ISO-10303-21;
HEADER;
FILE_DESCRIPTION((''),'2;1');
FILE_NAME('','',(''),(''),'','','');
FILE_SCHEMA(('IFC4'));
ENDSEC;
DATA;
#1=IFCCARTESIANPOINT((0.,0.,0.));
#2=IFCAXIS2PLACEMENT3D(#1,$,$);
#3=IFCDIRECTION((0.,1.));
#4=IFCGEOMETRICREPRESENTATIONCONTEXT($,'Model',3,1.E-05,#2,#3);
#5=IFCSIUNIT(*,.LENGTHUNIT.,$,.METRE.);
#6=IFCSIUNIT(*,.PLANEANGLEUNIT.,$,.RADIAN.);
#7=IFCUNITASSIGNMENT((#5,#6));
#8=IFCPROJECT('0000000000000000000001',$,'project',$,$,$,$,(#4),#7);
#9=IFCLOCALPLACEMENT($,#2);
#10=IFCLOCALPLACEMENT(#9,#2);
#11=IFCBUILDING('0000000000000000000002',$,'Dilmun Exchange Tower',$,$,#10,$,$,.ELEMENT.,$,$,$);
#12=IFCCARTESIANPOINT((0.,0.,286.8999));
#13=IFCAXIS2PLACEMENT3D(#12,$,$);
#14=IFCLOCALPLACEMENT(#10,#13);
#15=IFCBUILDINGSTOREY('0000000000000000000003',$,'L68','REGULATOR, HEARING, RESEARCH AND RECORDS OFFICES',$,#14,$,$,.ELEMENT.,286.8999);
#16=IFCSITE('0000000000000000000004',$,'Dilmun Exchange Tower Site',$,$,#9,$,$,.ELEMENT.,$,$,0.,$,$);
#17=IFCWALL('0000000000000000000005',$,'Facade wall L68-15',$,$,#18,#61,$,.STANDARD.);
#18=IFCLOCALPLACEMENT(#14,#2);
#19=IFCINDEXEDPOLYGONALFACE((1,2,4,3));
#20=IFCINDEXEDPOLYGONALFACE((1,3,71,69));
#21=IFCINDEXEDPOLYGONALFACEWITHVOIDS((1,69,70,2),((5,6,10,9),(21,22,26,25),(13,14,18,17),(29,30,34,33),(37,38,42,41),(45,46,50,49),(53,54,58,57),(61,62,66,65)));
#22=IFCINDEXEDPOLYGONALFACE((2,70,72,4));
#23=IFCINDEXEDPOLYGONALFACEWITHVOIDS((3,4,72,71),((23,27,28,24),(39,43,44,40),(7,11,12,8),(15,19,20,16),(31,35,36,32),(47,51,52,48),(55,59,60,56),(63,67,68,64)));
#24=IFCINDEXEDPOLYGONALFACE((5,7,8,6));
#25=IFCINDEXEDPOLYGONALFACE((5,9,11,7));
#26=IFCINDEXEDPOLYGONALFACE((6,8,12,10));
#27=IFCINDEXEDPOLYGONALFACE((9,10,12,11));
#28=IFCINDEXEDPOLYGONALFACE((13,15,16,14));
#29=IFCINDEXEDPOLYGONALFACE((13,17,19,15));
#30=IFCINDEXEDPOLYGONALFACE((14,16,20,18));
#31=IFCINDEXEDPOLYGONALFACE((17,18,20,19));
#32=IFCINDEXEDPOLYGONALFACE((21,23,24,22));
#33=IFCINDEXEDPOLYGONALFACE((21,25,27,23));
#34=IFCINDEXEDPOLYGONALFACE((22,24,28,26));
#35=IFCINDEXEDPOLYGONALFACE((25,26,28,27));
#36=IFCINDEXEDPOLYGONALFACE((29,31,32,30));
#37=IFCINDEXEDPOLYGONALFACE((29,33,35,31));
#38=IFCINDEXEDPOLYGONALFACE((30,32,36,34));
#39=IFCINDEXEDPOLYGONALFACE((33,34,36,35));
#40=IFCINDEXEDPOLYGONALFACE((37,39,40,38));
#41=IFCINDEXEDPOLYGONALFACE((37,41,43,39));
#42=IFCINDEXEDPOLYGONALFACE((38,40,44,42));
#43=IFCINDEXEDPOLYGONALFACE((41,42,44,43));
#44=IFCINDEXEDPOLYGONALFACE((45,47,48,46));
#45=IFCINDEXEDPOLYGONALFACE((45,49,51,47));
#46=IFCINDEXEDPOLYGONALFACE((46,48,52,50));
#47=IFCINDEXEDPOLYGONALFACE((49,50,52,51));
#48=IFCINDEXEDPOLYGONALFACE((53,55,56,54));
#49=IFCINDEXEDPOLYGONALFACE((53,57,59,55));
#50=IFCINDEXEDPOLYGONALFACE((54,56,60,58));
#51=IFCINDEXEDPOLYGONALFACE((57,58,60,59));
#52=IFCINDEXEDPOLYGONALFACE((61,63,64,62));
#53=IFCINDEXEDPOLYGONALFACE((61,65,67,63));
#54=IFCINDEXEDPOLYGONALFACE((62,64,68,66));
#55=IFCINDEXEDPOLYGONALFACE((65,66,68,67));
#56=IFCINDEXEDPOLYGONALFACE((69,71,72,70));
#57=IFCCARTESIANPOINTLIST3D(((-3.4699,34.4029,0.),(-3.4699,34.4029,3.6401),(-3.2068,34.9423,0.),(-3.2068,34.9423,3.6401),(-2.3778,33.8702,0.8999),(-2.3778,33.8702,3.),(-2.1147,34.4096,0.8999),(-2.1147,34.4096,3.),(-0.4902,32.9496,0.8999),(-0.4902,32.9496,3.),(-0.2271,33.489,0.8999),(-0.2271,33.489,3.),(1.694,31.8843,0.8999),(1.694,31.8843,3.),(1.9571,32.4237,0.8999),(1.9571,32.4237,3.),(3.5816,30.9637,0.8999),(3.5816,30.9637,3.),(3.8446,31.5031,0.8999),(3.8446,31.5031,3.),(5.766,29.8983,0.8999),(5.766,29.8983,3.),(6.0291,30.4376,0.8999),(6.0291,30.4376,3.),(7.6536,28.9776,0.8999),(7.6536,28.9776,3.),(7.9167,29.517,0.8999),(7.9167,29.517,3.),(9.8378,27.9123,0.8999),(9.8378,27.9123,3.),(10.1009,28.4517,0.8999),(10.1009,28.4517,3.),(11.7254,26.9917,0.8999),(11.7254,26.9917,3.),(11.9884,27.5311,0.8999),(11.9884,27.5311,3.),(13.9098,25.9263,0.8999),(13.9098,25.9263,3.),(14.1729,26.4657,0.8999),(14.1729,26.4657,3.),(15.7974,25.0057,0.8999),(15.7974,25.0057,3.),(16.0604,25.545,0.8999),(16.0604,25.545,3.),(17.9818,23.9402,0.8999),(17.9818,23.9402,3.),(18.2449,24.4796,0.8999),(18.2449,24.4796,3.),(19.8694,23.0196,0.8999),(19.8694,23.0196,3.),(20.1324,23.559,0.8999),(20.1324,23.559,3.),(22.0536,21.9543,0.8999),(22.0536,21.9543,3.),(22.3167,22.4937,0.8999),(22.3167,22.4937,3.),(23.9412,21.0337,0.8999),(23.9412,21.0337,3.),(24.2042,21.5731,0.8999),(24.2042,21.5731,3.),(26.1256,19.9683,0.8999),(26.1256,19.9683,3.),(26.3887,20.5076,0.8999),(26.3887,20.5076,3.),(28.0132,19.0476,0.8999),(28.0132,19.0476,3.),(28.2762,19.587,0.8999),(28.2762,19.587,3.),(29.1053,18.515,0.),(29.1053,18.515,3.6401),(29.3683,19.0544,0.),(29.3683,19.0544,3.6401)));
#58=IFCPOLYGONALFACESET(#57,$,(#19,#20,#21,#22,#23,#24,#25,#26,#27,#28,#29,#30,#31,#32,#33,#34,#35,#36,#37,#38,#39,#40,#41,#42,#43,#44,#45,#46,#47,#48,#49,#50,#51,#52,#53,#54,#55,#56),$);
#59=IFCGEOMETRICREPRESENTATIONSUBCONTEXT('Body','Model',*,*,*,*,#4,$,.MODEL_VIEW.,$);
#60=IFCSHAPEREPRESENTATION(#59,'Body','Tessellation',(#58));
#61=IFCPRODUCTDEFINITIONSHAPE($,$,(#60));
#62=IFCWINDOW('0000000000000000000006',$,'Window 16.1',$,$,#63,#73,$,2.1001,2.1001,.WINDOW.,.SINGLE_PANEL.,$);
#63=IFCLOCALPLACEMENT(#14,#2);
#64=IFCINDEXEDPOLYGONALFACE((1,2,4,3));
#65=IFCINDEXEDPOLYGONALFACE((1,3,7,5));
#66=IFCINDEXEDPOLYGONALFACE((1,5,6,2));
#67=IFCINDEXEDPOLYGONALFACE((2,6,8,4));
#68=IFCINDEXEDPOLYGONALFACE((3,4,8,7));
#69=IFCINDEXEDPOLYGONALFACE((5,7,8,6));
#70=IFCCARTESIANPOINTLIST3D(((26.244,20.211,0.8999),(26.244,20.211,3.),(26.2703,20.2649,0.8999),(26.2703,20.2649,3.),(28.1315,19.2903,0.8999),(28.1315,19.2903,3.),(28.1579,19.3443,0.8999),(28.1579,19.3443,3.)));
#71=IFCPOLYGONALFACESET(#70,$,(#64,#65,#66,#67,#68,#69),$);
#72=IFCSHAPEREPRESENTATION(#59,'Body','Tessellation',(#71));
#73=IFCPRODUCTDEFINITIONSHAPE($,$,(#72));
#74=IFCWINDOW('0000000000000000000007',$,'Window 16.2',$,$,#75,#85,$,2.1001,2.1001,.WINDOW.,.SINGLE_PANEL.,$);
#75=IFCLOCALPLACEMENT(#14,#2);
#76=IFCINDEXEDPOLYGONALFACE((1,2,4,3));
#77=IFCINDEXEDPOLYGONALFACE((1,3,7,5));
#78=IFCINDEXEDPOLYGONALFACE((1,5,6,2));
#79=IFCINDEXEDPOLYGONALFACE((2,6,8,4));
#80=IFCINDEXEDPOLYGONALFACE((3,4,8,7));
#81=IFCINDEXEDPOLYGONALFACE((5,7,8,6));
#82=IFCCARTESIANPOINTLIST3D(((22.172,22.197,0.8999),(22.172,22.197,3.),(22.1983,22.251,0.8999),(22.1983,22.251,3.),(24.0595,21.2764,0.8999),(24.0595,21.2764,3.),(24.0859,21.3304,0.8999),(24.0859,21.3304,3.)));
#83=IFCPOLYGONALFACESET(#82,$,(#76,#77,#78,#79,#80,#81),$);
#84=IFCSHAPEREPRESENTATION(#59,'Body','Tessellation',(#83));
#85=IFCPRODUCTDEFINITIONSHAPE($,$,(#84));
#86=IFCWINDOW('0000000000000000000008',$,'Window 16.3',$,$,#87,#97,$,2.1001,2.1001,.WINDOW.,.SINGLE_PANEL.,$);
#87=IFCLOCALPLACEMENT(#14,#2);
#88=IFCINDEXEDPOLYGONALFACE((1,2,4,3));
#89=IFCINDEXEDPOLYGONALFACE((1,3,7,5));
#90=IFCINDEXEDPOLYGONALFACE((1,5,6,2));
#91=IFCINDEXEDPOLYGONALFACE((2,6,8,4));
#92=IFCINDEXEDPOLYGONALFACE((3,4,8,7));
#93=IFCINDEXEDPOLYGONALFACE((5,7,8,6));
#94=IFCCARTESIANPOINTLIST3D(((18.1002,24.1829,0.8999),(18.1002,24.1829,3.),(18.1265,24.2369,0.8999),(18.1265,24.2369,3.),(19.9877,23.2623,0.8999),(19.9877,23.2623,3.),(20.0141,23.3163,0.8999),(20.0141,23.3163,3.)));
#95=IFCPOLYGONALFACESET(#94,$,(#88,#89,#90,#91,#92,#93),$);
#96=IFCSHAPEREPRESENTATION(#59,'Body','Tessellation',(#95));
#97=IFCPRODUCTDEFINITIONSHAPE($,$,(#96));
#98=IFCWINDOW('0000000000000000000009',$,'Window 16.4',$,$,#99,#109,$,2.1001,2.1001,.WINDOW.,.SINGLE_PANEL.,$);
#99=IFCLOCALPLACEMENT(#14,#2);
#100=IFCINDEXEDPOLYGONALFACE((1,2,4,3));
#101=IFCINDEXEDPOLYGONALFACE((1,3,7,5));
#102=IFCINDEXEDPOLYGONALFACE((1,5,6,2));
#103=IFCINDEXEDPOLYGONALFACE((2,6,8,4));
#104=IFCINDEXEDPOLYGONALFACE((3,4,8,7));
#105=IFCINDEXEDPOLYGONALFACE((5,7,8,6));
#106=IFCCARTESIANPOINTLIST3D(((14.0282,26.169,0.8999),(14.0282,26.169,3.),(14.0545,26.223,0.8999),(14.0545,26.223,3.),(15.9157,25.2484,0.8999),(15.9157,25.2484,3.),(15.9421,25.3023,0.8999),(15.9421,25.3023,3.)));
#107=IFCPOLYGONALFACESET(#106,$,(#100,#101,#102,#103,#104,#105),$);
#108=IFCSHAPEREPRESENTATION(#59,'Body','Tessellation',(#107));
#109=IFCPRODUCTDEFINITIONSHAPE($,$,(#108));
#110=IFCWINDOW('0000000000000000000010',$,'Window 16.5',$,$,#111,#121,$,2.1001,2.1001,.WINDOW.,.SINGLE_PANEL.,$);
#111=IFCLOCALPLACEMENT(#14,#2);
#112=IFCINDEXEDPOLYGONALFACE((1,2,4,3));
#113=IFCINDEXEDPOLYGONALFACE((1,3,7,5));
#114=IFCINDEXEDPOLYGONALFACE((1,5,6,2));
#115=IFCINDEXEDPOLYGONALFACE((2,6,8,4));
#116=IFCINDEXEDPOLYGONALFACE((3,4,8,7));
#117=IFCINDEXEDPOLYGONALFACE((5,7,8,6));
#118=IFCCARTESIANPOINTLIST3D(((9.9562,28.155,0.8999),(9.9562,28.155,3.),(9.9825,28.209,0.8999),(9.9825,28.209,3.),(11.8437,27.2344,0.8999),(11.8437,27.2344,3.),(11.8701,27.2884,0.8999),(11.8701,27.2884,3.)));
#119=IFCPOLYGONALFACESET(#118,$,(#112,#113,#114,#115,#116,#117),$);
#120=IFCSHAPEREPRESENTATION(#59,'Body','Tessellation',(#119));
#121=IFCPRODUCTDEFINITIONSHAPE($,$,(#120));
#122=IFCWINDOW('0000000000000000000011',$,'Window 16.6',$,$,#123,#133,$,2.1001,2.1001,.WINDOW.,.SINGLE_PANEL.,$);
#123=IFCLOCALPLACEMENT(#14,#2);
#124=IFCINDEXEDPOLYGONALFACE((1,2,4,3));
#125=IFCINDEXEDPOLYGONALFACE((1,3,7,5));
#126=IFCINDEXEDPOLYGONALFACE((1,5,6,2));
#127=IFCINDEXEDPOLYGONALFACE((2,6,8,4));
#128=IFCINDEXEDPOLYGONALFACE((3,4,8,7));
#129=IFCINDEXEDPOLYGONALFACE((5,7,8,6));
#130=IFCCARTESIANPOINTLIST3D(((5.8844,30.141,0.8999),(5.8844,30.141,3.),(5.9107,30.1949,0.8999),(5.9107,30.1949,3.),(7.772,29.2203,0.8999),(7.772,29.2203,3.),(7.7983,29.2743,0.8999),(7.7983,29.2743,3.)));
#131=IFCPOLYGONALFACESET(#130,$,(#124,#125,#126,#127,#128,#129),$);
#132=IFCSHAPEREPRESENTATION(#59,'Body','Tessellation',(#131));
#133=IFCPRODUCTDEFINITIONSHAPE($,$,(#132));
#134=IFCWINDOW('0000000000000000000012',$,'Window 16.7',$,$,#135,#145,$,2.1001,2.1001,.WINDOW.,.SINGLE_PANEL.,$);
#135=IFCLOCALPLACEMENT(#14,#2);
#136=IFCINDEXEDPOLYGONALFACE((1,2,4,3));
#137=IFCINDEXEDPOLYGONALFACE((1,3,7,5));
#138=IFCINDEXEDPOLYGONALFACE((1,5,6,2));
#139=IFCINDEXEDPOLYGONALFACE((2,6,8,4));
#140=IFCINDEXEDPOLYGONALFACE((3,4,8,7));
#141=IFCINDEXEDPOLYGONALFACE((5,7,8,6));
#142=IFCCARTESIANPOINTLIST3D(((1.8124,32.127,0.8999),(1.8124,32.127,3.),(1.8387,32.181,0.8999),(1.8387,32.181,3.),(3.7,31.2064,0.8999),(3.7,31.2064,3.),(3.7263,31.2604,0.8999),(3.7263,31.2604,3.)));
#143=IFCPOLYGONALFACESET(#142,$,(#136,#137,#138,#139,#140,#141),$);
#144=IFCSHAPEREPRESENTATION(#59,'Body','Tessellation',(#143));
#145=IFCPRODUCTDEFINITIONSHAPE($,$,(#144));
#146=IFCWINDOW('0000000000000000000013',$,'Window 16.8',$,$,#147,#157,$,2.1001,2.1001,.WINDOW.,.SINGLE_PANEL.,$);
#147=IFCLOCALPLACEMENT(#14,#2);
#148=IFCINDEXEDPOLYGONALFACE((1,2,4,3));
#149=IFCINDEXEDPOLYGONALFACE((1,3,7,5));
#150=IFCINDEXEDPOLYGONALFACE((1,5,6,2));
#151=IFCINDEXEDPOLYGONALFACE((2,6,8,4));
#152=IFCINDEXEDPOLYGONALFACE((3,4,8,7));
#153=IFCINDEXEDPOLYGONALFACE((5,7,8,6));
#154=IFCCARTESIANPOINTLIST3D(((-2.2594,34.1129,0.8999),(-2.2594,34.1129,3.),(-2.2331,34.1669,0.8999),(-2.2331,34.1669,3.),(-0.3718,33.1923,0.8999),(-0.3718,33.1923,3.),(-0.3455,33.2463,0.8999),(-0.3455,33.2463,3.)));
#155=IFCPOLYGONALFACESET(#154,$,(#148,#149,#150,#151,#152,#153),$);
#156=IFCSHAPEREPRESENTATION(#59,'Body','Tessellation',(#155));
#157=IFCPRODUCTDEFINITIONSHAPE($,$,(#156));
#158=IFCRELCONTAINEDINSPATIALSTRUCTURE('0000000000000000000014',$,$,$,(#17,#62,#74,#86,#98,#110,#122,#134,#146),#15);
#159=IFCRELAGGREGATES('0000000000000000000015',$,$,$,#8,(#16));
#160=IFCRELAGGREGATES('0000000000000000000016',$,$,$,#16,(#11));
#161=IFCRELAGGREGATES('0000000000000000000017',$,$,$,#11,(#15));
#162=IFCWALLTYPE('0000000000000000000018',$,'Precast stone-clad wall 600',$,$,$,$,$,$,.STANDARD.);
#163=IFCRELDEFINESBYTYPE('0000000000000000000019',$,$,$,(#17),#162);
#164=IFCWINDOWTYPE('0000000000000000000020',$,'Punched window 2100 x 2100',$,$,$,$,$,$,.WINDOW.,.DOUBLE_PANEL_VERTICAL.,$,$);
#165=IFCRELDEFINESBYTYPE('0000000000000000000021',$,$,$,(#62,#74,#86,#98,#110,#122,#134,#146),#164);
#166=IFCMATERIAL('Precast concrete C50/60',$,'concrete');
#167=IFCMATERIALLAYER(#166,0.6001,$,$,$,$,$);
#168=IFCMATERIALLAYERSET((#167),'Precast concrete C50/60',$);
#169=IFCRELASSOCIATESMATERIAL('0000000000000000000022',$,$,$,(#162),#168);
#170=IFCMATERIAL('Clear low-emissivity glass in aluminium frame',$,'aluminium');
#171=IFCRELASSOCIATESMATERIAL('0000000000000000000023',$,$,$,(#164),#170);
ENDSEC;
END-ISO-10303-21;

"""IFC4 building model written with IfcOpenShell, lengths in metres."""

from ifc_helpers import new_model, si_unit, direction, frame, frame_2d, origin, place, context, subcontext, project, spatial, rectangle, extrude, material, layer, layer_set, type_object, element, fill, save


model = new_model("IFC4")

# Units and contexts
model_context = context("Model", 3, precision=1e-05, world=origin(), true_north=direction((0.0, 1.0)))
body_context = subcontext(model_context, "Body", "Model", "MODEL_VIEW")
ifc_project = project(units=[si_unit("LENGTHUNIT", "METRE"), si_unit("PLANEANGLEUNIT", "RADIAN")], contexts=[model_context])

# Site, building, storey
site_placement = place(None, origin())
site = spatial("IfcSite", under=ifc_project, at=site_placement, Name="Dilmun Exchange Tower Site", CompositionType="ELEMENT", RefElevation=0.0)
building_placement = place(site_placement, origin())
building = spatial("IfcBuilding", under=site, at=building_placement, Name="Dilmun Exchange Tower", CompositionType="ELEMENT")
storey_placement = place(building_placement, frame((0.0, 0.0, 286.8999)))
storey = spatial("IfcBuildingStorey", under=building, at=storey_placement, Name="L68", Description="REGULATOR, HEARING, RESEARCH AND RECORDS OFFICES", CompositionType="ELEMENT", Elevation=286.8999)

# Shared definitions
ifc_material_1 = material(Name="Precast concrete C50/60", Category="concrete")
ifc_layer_1 = layer(ifc_material_1, 0.6001)
ifc_layer_set_1 = layer_set([ifc_layer_1], Name="Precast concrete C50/60")
wall_type_1 = type_object("IfcWallType", Name="Precast stone-clad wall 600", PredefinedType="STANDARD", material=ifc_layer_set_1)
ifc_material_2 = material(Name="Clear low-emissivity glass in aluminium frame", Category="aluminium")

# Wall, openings, windows
wall_1_placement = place(storey_placement, frame((29.2368, 18.7847, 0.0), z_axis=(0.0, 0.0, 1.0), x_axis=(-0.898795, 0.43837, 0.0)))
wall_1 = element("IfcWall", 1, at=wall_1_placement, inside=storey, type_object=wall_type_1, Name="Facade wall L68-15", PredefinedType="STANDARD", context=body_context, shape_type="SweptSolid", body=[
    extrude(rectangle(XDim=36.2432, YDim=0.6001, at=frame_2d((18.1216, 0.0))), origin(), (0.0, 0.0, 1.0), 3.6401),
])
opening_1_placement = place(wall_1_placement, frame((1.2151, 0.0, 0.8999)))
opening_1 = element("IfcOpeningElement", 2, at=opening_1_placement, cuts=wall_1, PredefinedType="OPENING", context=body_context, shape_type="SweptSolid", body=[
    extrude(rectangle(XDim=2.1001, YDim=2.1001, at=frame_2d((1.05, 1.05))), frame((0.0, 0.3101, 0.0), z_axis=(0.0, -1.0, 0.0), x_axis=(1.0, 0.0, 0.0)), (0.0, 0.0, 1.0), 0.6201),
])
opening_2_placement = place(wall_1_placement, frame((5.7456, 0.0, 0.8999)))
opening_2 = element("IfcOpeningElement", 3, at=opening_2_placement, cuts=wall_1, PredefinedType="OPENING", context=body_context, shape_type="SweptSolid", body=[
    extrude(rectangle(XDim=2.1001, YDim=2.1001, at=frame_2d((1.05, 1.05))), frame((0.0, 0.3101, 0.0), z_axis=(0.0, -1.0, 0.0), x_axis=(1.0, 0.0, 0.0)), (0.0, 0.0, 1.0), 0.6201),
])
opening_3_placement = place(wall_1_placement, frame((10.2759, 0.0, 0.8999)))
opening_3 = element("IfcOpeningElement", 4, at=opening_3_placement, cuts=wall_1, PredefinedType="OPENING", context=body_context, shape_type="SweptSolid", body=[
    extrude(rectangle(XDim=2.1001, YDim=2.1001, at=frame_2d((1.05, 1.05))), frame((0.0, 0.3101, 0.0), z_axis=(0.0, -1.0, 0.0), x_axis=(1.0, 0.0, 0.0)), (0.0, 0.0, 1.0), 0.6201),
])
opening_4_placement = place(wall_1_placement, frame((14.8064, 0.0, 0.8999)))
opening_4 = element("IfcOpeningElement", 5, at=opening_4_placement, cuts=wall_1, PredefinedType="OPENING", context=body_context, shape_type="SweptSolid", body=[
    extrude(rectangle(XDim=2.1001, YDim=2.1001, at=frame_2d((1.05, 1.05))), frame((0.0, 0.3101, 0.0), z_axis=(0.0, -1.0, 0.0), x_axis=(1.0, 0.0, 0.0)), (0.0, 0.0, 1.0), 0.6201),
])
opening_5_placement = place(wall_1_placement, frame((19.3369, 0.0, 0.8999)))
opening_5 = element("IfcOpeningElement", 6, at=opening_5_placement, cuts=wall_1, PredefinedType="OPENING", context=body_context, shape_type="SweptSolid", body=[
    extrude(rectangle(XDim=2.1001, YDim=2.1001, at=frame_2d((1.05, 1.05))), frame((0.0, 0.3101, 0.0), z_axis=(0.0, -1.0, 0.0), x_axis=(1.0, 0.0, 0.0)), (0.0, 0.0, 1.0), 0.6201),
])
opening_6_placement = place(wall_1_placement, frame((23.8672, 0.0, 0.8999)))
opening_6 = element("IfcOpeningElement", 7, at=opening_6_placement, cuts=wall_1, PredefinedType="OPENING", context=body_context, shape_type="SweptSolid", body=[
    extrude(rectangle(XDim=2.1001, YDim=2.1001, at=frame_2d((1.05, 1.05))), frame((0.0, 0.3101, 0.0), z_axis=(0.0, -1.0, 0.0), x_axis=(1.0, 0.0, 0.0)), (0.0, 0.0, 1.0), 0.6201),
])
opening_7_placement = place(wall_1_placement, frame((28.3977, 0.0, 0.8999)))
opening_7 = element("IfcOpeningElement", 8, at=opening_7_placement, cuts=wall_1, PredefinedType="OPENING", context=body_context, shape_type="SweptSolid", body=[
    extrude(rectangle(XDim=2.1001, YDim=2.1001, at=frame_2d((1.05, 1.05))), frame((0.0, 0.3101, 0.0), z_axis=(0.0, -1.0, 0.0), x_axis=(1.0, 0.0, 0.0)), (0.0, 0.0, 1.0), 0.6201),
])
opening_8_placement = place(wall_1_placement, frame((32.928, 0.0, 0.8999)))
opening_8 = element("IfcOpeningElement", 9, at=opening_8_placement, cuts=wall_1, PredefinedType="OPENING", context=body_context, shape_type="SweptSolid", body=[
    extrude(rectangle(XDim=2.1001, YDim=2.1001, at=frame_2d((1.05, 1.05))), frame((0.0, 0.3101, 0.0), z_axis=(0.0, -1.0, 0.0), x_axis=(1.0, 0.0, 0.0)), (0.0, 0.0, 1.0), 0.6201),
])
window_type_1 = type_object("IfcWindowType", Name="Punched window 2100 x 2100", PartitioningType="DOUBLE_PANEL_VERTICAL", PredefinedType="WINDOW", material=ifc_material_2)
window_1_placement = place(opening_1_placement, origin())
window_1 = element("IfcWindow", 10, at=window_1_placement, inside=storey, type_object=window_type_1, Name="Window 16.1", OverallHeight=2.1001, OverallWidth=2.1001, PartitioningType="SINGLE_PANEL", PredefinedType="WINDOW", context=body_context, shape_type="SweptSolid", body=[
    extrude(rectangle(XDim=2.1001, YDim=2.1001, at=frame_2d((1.05, 1.05))), frame((0.0, 0.03, 0.0), z_axis=(0.0, -1.0, 0.0), x_axis=(1.0, 0.0, 0.0)), (0.0, 0.0, 1.0), 0.0601),
])
fill(opening_1, window_1)
window_2_placement = place(opening_2_placement, origin())
window_2 = element("IfcWindow", 11, at=window_2_placement, inside=storey, type_object=window_type_1, Name="Window 16.2", OverallHeight=2.1001, OverallWidth=2.1001, PartitioningType="SINGLE_PANEL", PredefinedType="WINDOW", context=body_context, shape_type="SweptSolid", body=[
    extrude(rectangle(XDim=2.1001, YDim=2.1001, at=frame_2d((1.05, 1.05))), frame((0.0, 0.03, 0.0), z_axis=(0.0, -1.0, 0.0), x_axis=(1.0, 0.0, 0.0)), (0.0, 0.0, 1.0), 0.0601),
])
fill(opening_2, window_2)
window_3_placement = place(opening_3_placement, origin())
window_3 = element("IfcWindow", 12, at=window_3_placement, inside=storey, type_object=window_type_1, Name="Window 16.3", OverallHeight=2.1001, OverallWidth=2.1001, PartitioningType="SINGLE_PANEL", PredefinedType="WINDOW", context=body_context, shape_type="SweptSolid", body=[
    extrude(rectangle(XDim=2.1001, YDim=2.1001, at=frame_2d((1.05, 1.05))), frame((0.0, 0.03, 0.0), z_axis=(0.0, -1.0, 0.0), x_axis=(1.0, 0.0, 0.0)), (0.0, 0.0, 1.0), 0.0601),
])
fill(opening_3, window_3)
window_4_placement = place(opening_4_placement, origin())
window_4 = element("IfcWindow", 13, at=window_4_placement, inside=storey, type_object=window_type_1, Name="Window 16.4", OverallHeight=2.1001, OverallWidth=2.1001, PartitioningType="SINGLE_PANEL", PredefinedType="WINDOW", context=body_context, shape_type="SweptSolid", body=[
    extrude(rectangle(XDim=2.1001, YDim=2.1001, at=frame_2d((1.05, 1.05))), frame((0.0, 0.03, 0.0), z_axis=(0.0, -1.0, 0.0), x_axis=(1.0, 0.0, 0.0)), (0.0, 0.0, 1.0), 0.0601),
])
fill(opening_4, window_4)
window_5_placement = place(opening_5_placement, origin())
window_5 = element("IfcWindow", 14, at=window_5_placement, inside=storey, type_object=window_type_1, Name="Window 16.5", OverallHeight=2.1001, OverallWidth=2.1001, PartitioningType="SINGLE_PANEL", PredefinedType="WINDOW", context=body_context, shape_type="SweptSolid", body=[
    extrude(rectangle(XDim=2.1001, YDim=2.1001, at=frame_2d((1.05, 1.05))), frame((0.0, 0.03, 0.0), z_axis=(0.0, -1.0, 0.0), x_axis=(1.0, 0.0, 0.0)), (0.0, 0.0, 1.0), 0.0601),
])
fill(opening_5, window_5)
window_6_placement = place(opening_6_placement, origin())
window_6 = element("IfcWindow", 15, at=window_6_placement, inside=storey, type_object=window_type_1, Name="Window 16.6", OverallHeight=2.1001, OverallWidth=2.1001, PartitioningType="SINGLE_PANEL", PredefinedType="WINDOW", context=body_context, shape_type="SweptSolid", body=[
    extrude(rectangle(XDim=2.1001, YDim=2.1001, at=frame_2d((1.05, 1.05))), frame((0.0, 0.03, 0.0), z_axis=(0.0, -1.0, 0.0), x_axis=(1.0, 0.0, 0.0)), (0.0, 0.0, 1.0), 0.0601),
])
fill(opening_6, window_6)
window_7_placement = place(opening_7_placement, origin())
window_7 = element("IfcWindow", 16, at=window_7_placement, inside=storey, type_object=window_type_1, Name="Window 16.7", OverallHeight=2.1001, OverallWidth=2.1001, PartitioningType="SINGLE_PANEL", PredefinedType="WINDOW", context=body_context, shape_type="SweptSolid", body=[
    extrude(rectangle(XDim=2.1001, YDim=2.1001, at=frame_2d((1.05, 1.05))), frame((0.0, 0.03, 0.0), z_axis=(0.0, -1.0, 0.0), x_axis=(1.0, 0.0, 0.0)), (0.0, 0.0, 1.0), 0.0601),
])
fill(opening_7, window_7)
window_8_placement = place(opening_8_placement, origin())
window_8 = element("IfcWindow", 17, at=window_8_placement, inside=storey, type_object=window_type_1, Name="Window 16.8", OverallHeight=2.1001, OverallWidth=2.1001, PartitioningType="SINGLE_PANEL", PredefinedType="WINDOW", context=body_context, shape_type="SweptSolid", body=[
    extrude(rectangle(XDim=2.1001, YDim=2.1001, at=frame_2d((1.05, 1.05))), frame((0.0, 0.03, 0.0), z_axis=(0.0, -1.0, 0.0), x_axis=(1.0, 0.0, 0.0)), (0.0, 0.0, 1.0), 0.0601),
])
fill(opening_8, window_8)

save(model, "model.ifc")
